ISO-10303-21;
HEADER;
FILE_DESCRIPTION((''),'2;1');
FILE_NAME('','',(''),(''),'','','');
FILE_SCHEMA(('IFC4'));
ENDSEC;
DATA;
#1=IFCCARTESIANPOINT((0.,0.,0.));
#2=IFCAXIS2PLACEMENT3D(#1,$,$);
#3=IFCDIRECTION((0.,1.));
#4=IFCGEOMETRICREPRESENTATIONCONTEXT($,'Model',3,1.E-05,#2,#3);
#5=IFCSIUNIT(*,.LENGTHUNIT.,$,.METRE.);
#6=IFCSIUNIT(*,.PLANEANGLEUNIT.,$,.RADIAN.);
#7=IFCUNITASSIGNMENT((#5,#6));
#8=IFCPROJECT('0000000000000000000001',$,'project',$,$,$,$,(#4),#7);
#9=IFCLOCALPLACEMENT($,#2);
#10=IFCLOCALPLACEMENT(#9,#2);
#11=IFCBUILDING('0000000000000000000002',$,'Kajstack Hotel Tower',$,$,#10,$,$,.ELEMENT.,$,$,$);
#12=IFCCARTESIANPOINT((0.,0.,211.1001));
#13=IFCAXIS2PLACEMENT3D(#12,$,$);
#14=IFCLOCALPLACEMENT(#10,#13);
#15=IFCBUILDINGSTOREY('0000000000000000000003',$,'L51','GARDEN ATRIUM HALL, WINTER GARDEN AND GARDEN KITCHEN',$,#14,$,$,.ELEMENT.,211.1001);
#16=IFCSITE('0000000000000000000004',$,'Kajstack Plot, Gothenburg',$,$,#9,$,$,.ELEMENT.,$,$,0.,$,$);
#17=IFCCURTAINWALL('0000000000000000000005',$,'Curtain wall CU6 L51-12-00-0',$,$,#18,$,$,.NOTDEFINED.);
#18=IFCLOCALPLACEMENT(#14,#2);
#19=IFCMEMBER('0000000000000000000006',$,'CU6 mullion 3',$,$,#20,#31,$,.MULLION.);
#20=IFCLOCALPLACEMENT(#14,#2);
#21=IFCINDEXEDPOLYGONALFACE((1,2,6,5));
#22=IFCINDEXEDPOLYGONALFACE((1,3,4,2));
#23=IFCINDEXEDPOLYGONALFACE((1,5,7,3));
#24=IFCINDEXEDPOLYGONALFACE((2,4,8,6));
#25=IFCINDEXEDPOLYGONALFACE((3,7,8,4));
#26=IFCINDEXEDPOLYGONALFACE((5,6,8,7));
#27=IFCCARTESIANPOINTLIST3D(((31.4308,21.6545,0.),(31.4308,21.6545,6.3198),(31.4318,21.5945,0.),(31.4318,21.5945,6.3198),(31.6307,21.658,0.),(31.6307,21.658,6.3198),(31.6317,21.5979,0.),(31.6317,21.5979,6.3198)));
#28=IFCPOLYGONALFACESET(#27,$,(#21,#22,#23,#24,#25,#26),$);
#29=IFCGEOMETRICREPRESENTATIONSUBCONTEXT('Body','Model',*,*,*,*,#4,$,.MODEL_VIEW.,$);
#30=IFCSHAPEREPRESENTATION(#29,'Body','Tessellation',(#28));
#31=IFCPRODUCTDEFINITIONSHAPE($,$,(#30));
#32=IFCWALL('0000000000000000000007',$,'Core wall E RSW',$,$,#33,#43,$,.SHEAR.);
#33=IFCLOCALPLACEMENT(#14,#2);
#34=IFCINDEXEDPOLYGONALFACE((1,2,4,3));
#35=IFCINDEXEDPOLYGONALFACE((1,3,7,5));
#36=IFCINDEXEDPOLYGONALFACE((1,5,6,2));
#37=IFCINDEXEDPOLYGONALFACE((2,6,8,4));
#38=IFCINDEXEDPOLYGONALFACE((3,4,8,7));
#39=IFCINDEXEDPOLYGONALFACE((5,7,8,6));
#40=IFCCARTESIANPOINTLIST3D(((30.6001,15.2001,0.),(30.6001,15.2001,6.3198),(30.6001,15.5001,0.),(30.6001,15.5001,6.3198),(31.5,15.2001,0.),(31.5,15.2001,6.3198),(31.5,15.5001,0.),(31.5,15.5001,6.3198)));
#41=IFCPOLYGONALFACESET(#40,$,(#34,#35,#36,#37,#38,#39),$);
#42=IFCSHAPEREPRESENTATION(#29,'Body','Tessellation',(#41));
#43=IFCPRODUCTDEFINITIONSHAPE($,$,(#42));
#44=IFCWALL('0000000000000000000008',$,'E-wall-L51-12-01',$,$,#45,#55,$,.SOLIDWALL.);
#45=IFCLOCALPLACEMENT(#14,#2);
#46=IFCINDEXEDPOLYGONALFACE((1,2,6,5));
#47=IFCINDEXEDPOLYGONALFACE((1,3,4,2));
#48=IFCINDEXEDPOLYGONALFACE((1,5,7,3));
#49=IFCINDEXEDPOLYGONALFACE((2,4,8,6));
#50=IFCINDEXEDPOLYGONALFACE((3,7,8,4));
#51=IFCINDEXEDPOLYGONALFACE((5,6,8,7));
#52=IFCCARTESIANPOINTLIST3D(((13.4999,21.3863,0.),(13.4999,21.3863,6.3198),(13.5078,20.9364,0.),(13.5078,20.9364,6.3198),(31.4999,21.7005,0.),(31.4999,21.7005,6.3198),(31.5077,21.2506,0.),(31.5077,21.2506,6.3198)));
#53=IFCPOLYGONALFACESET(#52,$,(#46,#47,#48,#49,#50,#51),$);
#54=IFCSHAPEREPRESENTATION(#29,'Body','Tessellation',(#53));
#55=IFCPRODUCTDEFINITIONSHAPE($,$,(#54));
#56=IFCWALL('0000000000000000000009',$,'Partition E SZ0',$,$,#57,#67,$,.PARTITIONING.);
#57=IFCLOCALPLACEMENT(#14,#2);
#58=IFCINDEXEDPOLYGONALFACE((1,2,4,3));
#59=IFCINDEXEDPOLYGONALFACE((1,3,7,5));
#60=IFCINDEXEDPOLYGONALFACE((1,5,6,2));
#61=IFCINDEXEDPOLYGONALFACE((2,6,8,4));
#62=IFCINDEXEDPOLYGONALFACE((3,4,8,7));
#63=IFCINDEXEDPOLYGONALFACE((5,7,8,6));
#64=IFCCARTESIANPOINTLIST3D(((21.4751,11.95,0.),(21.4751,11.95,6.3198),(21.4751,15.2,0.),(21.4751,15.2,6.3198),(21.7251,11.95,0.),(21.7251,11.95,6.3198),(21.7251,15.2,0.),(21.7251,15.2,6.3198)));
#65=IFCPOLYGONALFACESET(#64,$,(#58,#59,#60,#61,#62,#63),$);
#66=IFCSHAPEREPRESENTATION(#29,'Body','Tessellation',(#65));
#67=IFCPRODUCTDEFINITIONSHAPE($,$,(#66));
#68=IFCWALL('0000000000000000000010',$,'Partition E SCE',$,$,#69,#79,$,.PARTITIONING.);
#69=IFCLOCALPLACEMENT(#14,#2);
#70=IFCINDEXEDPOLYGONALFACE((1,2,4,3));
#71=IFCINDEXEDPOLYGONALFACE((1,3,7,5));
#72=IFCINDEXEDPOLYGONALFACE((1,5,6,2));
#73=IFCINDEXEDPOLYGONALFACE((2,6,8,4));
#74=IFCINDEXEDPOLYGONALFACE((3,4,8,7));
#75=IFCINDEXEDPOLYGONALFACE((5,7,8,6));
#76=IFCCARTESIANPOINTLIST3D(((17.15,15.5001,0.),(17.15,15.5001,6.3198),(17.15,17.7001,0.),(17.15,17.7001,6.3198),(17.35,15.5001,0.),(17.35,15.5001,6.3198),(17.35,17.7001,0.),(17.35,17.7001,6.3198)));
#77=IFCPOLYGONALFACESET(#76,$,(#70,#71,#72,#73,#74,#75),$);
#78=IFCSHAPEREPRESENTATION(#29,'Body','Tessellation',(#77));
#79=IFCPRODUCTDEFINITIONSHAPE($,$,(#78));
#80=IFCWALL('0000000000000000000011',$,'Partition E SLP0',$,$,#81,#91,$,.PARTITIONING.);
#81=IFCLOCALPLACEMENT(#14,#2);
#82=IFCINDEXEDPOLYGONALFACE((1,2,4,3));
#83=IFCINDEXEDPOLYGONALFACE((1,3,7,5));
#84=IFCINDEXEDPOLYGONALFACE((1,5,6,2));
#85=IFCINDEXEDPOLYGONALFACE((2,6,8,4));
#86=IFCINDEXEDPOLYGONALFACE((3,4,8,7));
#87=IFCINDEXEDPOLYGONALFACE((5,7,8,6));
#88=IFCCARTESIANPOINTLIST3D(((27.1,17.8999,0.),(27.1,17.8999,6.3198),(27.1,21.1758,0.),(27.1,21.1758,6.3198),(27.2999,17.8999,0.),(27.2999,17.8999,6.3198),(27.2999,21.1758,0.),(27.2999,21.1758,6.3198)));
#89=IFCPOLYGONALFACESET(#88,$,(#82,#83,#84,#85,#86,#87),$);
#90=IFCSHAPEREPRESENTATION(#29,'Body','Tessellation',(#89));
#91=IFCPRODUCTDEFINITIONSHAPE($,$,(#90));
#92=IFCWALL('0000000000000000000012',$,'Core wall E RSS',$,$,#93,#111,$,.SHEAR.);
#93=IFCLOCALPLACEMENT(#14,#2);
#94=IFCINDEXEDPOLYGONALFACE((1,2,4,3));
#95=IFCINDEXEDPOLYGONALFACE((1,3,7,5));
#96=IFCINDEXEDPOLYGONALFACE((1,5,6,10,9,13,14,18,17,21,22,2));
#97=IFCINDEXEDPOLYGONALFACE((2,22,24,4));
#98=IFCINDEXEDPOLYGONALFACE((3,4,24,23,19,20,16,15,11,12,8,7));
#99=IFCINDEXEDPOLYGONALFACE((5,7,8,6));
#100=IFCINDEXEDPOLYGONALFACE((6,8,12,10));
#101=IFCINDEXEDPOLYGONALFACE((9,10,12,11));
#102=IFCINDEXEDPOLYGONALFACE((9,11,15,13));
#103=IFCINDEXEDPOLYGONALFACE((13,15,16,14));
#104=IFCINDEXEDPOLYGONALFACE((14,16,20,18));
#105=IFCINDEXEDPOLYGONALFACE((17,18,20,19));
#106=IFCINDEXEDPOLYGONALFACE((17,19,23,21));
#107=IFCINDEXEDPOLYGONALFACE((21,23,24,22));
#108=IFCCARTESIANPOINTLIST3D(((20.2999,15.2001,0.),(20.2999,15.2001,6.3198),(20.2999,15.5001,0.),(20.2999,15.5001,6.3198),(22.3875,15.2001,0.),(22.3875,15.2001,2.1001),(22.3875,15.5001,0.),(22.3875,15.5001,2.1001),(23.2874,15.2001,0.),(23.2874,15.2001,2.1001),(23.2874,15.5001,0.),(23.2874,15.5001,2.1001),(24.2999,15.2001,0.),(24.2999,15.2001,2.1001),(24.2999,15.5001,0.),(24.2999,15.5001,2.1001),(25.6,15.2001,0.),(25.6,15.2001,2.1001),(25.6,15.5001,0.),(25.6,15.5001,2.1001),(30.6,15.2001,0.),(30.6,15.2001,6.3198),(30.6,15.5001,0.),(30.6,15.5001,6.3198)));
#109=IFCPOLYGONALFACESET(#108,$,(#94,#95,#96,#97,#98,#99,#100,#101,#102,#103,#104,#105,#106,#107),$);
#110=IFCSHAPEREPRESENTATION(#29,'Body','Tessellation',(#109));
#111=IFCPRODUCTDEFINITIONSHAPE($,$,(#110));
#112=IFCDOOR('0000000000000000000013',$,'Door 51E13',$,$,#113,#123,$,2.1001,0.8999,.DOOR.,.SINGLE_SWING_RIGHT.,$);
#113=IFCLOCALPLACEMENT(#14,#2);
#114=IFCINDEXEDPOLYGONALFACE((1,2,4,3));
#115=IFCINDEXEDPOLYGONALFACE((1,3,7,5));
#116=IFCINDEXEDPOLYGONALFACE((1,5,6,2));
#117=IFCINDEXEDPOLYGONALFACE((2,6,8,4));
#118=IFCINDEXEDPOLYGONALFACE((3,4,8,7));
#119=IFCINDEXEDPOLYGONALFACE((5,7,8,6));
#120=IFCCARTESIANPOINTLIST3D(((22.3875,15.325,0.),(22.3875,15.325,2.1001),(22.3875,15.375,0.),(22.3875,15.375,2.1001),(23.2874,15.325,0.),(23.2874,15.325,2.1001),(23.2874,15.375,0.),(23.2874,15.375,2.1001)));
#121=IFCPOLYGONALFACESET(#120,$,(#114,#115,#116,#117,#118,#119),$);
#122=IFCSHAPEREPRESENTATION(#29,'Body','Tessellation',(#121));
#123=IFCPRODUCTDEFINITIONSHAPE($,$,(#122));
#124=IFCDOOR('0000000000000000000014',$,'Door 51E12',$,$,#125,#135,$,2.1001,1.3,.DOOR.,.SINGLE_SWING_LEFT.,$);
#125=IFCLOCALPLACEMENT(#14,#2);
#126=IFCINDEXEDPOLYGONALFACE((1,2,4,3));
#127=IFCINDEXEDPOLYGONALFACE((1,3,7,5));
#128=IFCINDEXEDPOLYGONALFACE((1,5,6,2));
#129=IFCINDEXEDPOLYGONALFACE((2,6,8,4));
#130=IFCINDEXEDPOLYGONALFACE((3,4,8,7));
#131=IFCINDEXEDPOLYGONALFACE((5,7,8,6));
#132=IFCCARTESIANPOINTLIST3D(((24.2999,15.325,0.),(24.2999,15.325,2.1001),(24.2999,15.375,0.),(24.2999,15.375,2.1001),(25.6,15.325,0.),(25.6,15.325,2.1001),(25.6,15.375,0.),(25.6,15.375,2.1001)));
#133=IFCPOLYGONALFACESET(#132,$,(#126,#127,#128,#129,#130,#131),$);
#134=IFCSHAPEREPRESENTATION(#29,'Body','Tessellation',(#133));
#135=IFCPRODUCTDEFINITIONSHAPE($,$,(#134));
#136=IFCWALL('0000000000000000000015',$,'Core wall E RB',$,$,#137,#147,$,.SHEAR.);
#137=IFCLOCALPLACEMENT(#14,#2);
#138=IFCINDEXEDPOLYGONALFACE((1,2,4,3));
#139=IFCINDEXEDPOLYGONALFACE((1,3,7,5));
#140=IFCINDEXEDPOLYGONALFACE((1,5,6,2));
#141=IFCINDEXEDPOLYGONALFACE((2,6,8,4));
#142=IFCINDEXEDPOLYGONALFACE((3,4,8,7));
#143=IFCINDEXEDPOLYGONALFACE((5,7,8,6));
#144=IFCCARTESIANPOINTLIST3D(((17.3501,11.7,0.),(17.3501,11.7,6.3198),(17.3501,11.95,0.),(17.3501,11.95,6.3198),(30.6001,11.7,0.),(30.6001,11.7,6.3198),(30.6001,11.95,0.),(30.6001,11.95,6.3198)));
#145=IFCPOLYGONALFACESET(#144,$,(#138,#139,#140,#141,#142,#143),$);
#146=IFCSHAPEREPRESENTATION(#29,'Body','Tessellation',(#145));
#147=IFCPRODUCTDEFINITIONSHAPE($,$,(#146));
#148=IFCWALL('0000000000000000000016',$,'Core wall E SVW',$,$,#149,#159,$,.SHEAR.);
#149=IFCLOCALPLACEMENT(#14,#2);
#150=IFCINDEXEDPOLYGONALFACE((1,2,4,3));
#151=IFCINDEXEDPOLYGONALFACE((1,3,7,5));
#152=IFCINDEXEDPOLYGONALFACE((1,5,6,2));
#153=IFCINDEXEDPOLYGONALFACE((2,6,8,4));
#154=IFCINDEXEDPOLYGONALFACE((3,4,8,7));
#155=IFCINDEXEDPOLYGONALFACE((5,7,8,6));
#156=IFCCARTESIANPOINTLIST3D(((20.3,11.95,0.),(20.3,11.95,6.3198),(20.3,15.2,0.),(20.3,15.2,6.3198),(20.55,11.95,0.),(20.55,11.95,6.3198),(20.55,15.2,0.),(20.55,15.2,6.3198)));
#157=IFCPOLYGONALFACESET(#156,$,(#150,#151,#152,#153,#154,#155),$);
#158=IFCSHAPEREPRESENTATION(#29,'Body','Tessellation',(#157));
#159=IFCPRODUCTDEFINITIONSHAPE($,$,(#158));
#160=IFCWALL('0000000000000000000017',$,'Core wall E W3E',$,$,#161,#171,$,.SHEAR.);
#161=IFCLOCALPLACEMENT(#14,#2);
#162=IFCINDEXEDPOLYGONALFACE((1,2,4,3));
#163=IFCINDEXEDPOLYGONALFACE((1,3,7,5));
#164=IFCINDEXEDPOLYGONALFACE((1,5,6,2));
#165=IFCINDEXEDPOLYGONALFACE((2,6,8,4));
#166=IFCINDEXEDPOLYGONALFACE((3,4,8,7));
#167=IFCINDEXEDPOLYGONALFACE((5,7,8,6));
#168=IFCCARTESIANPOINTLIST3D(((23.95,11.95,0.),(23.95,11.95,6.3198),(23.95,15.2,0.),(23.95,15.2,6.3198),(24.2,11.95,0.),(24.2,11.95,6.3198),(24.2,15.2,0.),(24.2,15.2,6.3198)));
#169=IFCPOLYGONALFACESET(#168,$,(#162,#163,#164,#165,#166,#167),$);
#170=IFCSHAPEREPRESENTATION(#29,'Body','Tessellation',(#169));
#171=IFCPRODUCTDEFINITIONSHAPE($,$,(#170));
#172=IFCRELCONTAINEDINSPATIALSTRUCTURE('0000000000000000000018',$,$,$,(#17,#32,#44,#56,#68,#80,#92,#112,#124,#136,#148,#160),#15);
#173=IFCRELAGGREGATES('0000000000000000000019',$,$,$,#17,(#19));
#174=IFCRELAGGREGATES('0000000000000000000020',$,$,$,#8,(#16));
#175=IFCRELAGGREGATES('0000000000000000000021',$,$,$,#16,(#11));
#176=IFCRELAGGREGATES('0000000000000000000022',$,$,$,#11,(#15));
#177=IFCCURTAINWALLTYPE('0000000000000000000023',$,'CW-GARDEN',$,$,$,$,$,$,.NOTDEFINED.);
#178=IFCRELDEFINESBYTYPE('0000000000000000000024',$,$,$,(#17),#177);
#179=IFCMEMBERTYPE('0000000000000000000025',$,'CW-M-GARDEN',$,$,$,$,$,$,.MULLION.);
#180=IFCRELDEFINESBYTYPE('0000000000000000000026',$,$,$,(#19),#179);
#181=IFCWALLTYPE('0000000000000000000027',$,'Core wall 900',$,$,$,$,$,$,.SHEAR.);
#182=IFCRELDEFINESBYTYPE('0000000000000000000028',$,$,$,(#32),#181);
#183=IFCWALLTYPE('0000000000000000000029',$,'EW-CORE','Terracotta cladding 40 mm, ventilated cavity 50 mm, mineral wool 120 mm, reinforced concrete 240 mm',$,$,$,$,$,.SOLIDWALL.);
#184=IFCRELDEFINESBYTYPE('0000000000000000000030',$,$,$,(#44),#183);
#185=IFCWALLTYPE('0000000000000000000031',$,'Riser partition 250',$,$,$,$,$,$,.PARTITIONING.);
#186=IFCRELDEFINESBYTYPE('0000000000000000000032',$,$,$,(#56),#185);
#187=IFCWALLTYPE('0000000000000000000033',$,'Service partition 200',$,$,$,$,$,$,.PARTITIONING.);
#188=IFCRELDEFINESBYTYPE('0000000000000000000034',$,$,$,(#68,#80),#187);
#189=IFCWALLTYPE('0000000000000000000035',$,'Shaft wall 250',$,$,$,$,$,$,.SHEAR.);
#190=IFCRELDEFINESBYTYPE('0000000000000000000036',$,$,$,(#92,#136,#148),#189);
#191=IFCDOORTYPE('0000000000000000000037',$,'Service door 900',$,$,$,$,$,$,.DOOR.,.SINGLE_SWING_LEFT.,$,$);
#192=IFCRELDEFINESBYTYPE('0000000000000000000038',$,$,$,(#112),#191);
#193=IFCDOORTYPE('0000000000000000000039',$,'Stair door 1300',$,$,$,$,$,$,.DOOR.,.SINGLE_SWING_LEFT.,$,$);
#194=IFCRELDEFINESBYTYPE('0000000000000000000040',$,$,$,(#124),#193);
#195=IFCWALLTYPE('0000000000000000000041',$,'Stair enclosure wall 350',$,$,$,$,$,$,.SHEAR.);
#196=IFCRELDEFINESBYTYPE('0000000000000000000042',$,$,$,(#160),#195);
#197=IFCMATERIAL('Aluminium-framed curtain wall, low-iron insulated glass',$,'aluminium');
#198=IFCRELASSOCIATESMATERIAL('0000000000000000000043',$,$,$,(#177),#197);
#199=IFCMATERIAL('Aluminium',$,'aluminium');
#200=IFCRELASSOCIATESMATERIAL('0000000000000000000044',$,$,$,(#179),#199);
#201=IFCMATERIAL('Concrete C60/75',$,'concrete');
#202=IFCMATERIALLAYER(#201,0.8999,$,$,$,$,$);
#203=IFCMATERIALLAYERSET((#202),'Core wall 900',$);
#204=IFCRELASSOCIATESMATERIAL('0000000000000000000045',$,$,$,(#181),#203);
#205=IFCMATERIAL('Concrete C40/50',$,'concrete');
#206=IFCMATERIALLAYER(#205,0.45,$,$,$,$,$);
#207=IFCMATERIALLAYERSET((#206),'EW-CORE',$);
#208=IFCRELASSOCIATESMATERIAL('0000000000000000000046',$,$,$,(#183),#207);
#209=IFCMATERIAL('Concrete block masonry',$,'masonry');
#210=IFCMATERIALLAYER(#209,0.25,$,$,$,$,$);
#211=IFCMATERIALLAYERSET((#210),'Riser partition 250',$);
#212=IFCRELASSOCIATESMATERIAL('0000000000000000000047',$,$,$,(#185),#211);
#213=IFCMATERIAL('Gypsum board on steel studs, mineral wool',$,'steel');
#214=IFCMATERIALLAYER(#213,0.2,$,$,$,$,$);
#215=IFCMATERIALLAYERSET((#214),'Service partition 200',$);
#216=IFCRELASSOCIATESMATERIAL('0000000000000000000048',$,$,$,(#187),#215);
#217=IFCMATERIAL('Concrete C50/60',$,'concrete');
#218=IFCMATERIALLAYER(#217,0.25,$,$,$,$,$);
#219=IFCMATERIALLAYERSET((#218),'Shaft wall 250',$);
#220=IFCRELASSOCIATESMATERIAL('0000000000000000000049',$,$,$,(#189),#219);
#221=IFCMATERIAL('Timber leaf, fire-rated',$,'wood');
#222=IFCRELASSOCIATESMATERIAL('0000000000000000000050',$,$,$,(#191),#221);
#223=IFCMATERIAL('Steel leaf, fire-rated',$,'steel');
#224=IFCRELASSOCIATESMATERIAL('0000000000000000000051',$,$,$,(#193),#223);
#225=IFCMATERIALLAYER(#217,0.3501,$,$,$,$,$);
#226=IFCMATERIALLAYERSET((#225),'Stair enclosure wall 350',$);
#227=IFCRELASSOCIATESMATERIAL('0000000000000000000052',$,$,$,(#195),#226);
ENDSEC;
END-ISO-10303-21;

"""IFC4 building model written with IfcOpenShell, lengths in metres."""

from ifc_helpers import new_model, si_unit, direction, frame, frame_2d, origin, origin_2d, place, context, subcontext, project, spatial, rectangle, extrude, material, layer, layer_set, material_profile, profile_set, type_object, element, fill, aggregate, save


model = new_model("IFC4")

# Units and contexts
model_context = context("Model", 3, precision=1e-05, world=origin(), true_north=direction((0.0, 1.0)))
body_context = subcontext(model_context, "Body", "Model", "MODEL_VIEW")
ifc_project = project(units=[si_unit("LENGTHUNIT", "METRE"), si_unit("PLANEANGLEUNIT", "RADIAN")], contexts=[model_context])

# Site, building, storey
site_placement = place(None, origin())
site = spatial("IfcSite", under=ifc_project, at=site_placement, Name="Kajstack Plot, Gothenburg", CompositionType="ELEMENT", RefElevation=0.0)
building_placement = place(site_placement, origin())
building = spatial("IfcBuilding", under=site, at=building_placement, Name="Kajstack Hotel Tower", CompositionType="ELEMENT")
storey_placement = place(building_placement, frame((0.0, 0.0, 211.1001)))
storey = spatial("IfcBuildingStorey", under=building, at=storey_placement, Name="L51", Description="GARDEN ATRIUM HALL, WINTER GARDEN AND GARDEN KITCHEN", CompositionType="ELEMENT", Elevation=211.1001)

# Curtain wall, member
ifc_material_1 = material(Name="Aluminium-framed curtain wall, low-iron insulated glass", Category="aluminium")
curtain_wall_type = type_object("IfcCurtainWallType", Name="CW-GARDEN", PredefinedType="NOTDEFINED", material=ifc_material_1)
curtain_wall_placement = place(storey_placement, origin())
curtain_wall = element("IfcCurtainWall", 1, at=curtain_wall_placement, inside=storey, type_object=curtain_wall_type, Name="Curtain wall CU6 L51-12-00-0", PredefinedType="NOTDEFINED")
ifc_material_2 = material(Name="Aluminium", Category="aluminium")
ifc_material_profile = material_profile(ifc_material_2, rectangle(XDim=0.0601, YDim=0.2, at=origin_2d()), Name="Aluminium mullion 60 x 200")
ifc_profile_set = profile_set([ifc_material_profile], Name="Aluminium")
member_type = type_object("IfcMemberType", Name="CW-M-GARDEN", PredefinedType="MULLION", material=ifc_profile_set)
member_placement = place(storey_placement, frame((31.5312, 21.6262, 0.0), z_axis=(0.0, 0.0, 1.0), x_axis=(0.017453, -0.999848, 0.0)))
member = element("IfcMember", 2, at=member_placement, type_object=member_type, Name="CU6 mullion 3", PredefinedType="MULLION", context=body_context, shape_type="SweptSolid", body=[
    extrude(rectangle(XDim=0.0601, YDim=0.2, at=origin_2d()), origin(), (0.0, 0.0, 1.0), 6.3198),
])
aggregate(curtain_wall, [member])

# Walls
ifc_material_3 = material(Name="Concrete C60/75", Category="concrete")
ifc_layer_1 = layer(ifc_material_3, 0.8999)
ifc_layer_set_1 = layer_set([ifc_layer_1], Name="Core wall 900")
wall_type_1 = type_object("IfcWallType", Name="Core wall 900", PredefinedType="SHEAR", material=ifc_layer_set_1)
wall_1_placement = place(storey_placement, frame((30.6001, 15.3501, 0.0), z_axis=(0.0, 0.0, 1.0), x_axis=(1.0, 0.0, 0.0)))
element("IfcWall", 3, at=wall_1_placement, inside=storey, type_object=wall_type_1, Name="Core wall E RSW", PredefinedType="SHEAR", context=body_context, shape_type="SweptSolid", body=[
    extrude(rectangle(XDim=0.8999, YDim=0.3, at=frame_2d((0.45, 0.0))), origin(), (0.0, 0.0, 1.0), 6.3198),
])
ifc_material_4 = material(Name="Concrete C40/50", Category="concrete")
ifc_layer_2 = layer(ifc_material_4, 0.45)
ifc_layer_set_2 = layer_set([ifc_layer_2], Name="EW-CORE")
wall_type_2 = type_object("IfcWallType", Name="EW-CORE", Description="Terracotta cladding 40 mm, ventilated cavity 50 mm, mineral wool 120 mm, reinforced concrete 240 mm", PredefinedType="SOLIDWALL", material=ifc_layer_set_2)
wall_2_placement = place(storey_placement, frame((31.5039, 21.4756, 0.0), z_axis=(0.0, 0.0, 1.0), x_axis=(-0.999848, -0.017453, 0.0)))
element("IfcWall", 4, at=wall_2_placement, inside=storey, type_object=wall_type_2, Name="E-wall-L51-12-01", PredefinedType="SOLIDWALL", context=body_context, shape_type="SweptSolid", body=[
    extrude(rectangle(XDim=18.0027, YDim=0.45, at=frame_2d((9.0015, 0.0))), origin(), (0.0, 0.0, 1.0), 6.3198),
])
ifc_material_5 = material(Name="Concrete block masonry", Category="masonry")
ifc_layer_3 = layer(ifc_material_5, 0.25)
ifc_layer_set_3 = layer_set([ifc_layer_3], Name="Riser partition 250")
wall_type_3 = type_object("IfcWallType", Name="Riser partition 250", PredefinedType="PARTITIONING", material=ifc_layer_set_3)
wall_3_placement = place(storey_placement, frame((21.6001, 11.95, 0.0), z_axis=(0.0, 0.0, 1.0), x_axis=(0.0, 1.0, 0.0)))
element("IfcWall", 5, at=wall_3_placement, inside=storey, type_object=wall_type_3, Name="Partition E SZ0", PredefinedType="PARTITIONING", context=body_context, shape_type="SweptSolid", body=[
    extrude(rectangle(XDim=3.25, YDim=0.25, at=frame_2d((1.625, 0.0))), origin(), (0.0, 0.0, 1.0), 6.3198),
])
ifc_material_6 = material(Name="Gypsum board on steel studs, mineral wool", Category="steel")
ifc_layer_4 = layer(ifc_material_6, 0.2)
ifc_layer_set_4 = layer_set([ifc_layer_4], Name="Service partition 200")
wall_type_4 = type_object("IfcWallType", Name="Service partition 200", PredefinedType="PARTITIONING", material=ifc_layer_set_4)
wall_4_placement = place(storey_placement, frame((17.25, 15.5, 0.0), z_axis=(0.0, 0.0, 1.0), x_axis=(0.0, 1.0, 0.0)))
element("IfcWall", 6, at=wall_4_placement, inside=storey, type_object=wall_type_4, Name="Partition E SCE", PredefinedType="PARTITIONING", context=body_context, shape_type="SweptSolid", body=[
    extrude(rectangle(XDim=2.2, YDim=0.2, at=frame_2d((1.1001, 0.0))), origin(), (0.0, 0.0, 1.0), 6.3198),
])
wall_5_placement = place(storey_placement, frame((27.2, 17.8999, 0.0), z_axis=(0.0, 0.0, 1.0), x_axis=(0.0, 1.0, 0.0)))
element("IfcWall", 7, at=wall_5_placement, inside=storey, type_object=wall_type_4, Name="Partition E SLP0", PredefinedType="PARTITIONING", context=body_context, shape_type="SweptSolid", body=[
    extrude(rectangle(XDim=3.2759, YDim=0.2, at=frame_2d((1.6379, 0.0))), origin(), (0.0, 0.0, 1.0), 6.3198),
])

# Wall, openings, doors
ifc_material_7 = material(Name="Concrete C50/60", Category="concrete")
ifc_layer_5 = layer(ifc_material_7, 0.25)
ifc_layer_set_5 = layer_set([ifc_layer_5], Name="Shaft wall 250")
wall_type_5 = type_object("IfcWallType", Name="Shaft wall 250", PredefinedType="SHEAR", material=ifc_layer_set_5)
wall_6_placement = place(storey_placement, frame((20.3, 15.3501, 0.0), z_axis=(0.0, 0.0, 1.0), x_axis=(1.0, 0.0, 0.0)))
wall_6 = element("IfcWall", 8, at=wall_6_placement, inside=storey, type_object=wall_type_5, Name="Core wall E RSS", PredefinedType="SHEAR", context=body_context, shape_type="SweptSolid", body=[
    extrude(rectangle(XDim=10.3, YDim=0.3, at=frame_2d((5.1499, 0.0))), origin(), (0.0, 0.0, 1.0), 6.3198),
])
opening_1_placement = place(wall_6_placement, frame((4.0, 0.0, 0.0)))
opening_1 = element("IfcOpeningElement", 9, at=opening_1_placement, cuts=wall_6, PredefinedType="OPENING", context=body_context, shape_type="SweptSolid", body=[
    extrude(rectangle(XDim=1.3, YDim=2.1001, at=frame_2d((0.6499, 1.05))), frame((0.0, 0.1599, 0.0), z_axis=(0.0, -1.0, 0.0), x_axis=(1.0, 0.0, 0.0)), (0.0, 0.0, 1.0), 0.3201),
])
opening_2_placement = place(wall_6_placement, frame((2.0874, 0.0, 0.0)))
opening_2 = element("IfcOpeningElement", 10, at=opening_2_placement, cuts=wall_6, PredefinedType="OPENING", context=body_context, shape_type="SweptSolid", body=[
    extrude(rectangle(XDim=0.8999, YDim=2.1001, at=frame_2d((0.45, 1.05))), frame((0.0, 0.1599, 0.0), z_axis=(0.0, -1.0, 0.0), x_axis=(1.0, 0.0, 0.0)), (0.0, 0.0, 1.0), 0.3201),
])
ifc_material_8 = material(Name="Timber leaf, fire-rated", Category="wood")
door_type_1 = type_object("IfcDoorType", Name="Service door 900", OperationType="SINGLE_SWING_LEFT", PredefinedType="DOOR", material=ifc_material_8)
door_1_placement = place(opening_2_placement, origin())
door_1 = element("IfcDoor", 11, at=door_1_placement, inside=storey, type_object=door_type_1, Name="Door 51E13", OperationType="SINGLE_SWING_RIGHT", OverallHeight=2.1001, OverallWidth=0.8999, PredefinedType="DOOR", context=body_context, shape_type="SweptSolid", body=[
    extrude(rectangle(XDim=0.8999, YDim=2.1001, at=frame_2d((0.45, 1.05))), frame((0.0, 0.0249, 0.0), z_axis=(0.0, -1.0, 0.0), x_axis=(1.0, 0.0, 0.0)), (0.0, 0.0, 1.0), 0.05),
])
fill(opening_2, door_1)
ifc_material_9 = material(Name="Steel leaf, fire-rated", Category="steel")
door_type_2 = type_object("IfcDoorType", Name="Stair door 1300", OperationType="SINGLE_SWING_LEFT", PredefinedType="DOOR", material=ifc_material_9)
door_2_placement = place(opening_1_placement, origin())
door_2 = element("IfcDoor", 12, at=door_2_placement, inside=storey, type_object=door_type_2, Name="Door 51E12", OperationType="SINGLE_SWING_LEFT", OverallHeight=2.1001, OverallWidth=1.3, PredefinedType="DOOR", context=body_context, shape_type="SweptSolid", body=[
    extrude(rectangle(XDim=1.3, YDim=2.1001, at=frame_2d((0.6499, 1.05))), frame((0.0, 0.0249, 0.0), z_axis=(0.0, -1.0, 0.0), x_axis=(1.0, 0.0, 0.0)), (0.0, 0.0, 1.0), 0.05),
])
fill(opening_1, door_2)

# Walls
wall_7_placement = place(storey_placement, frame((17.3501, 11.825, 0.0), z_axis=(0.0, 0.0, 1.0), x_axis=(1.0, 0.0, 0.0)))
element("IfcWall", 13, at=wall_7_placement, inside=storey, type_object=wall_type_5, Name="Core wall E RB", PredefinedType="SHEAR", context=body_context, shape_type="SweptSolid", body=[
    extrude(rectangle(XDim=13.25, YDim=0.25, at=frame_2d((6.625, 0.0))), origin(), (0.0, 0.0, 1.0), 6.3198),
])
wall_8_placement = place(storey_placement, frame((20.425, 11.95, 0.0), z_axis=(0.0, 0.0, 1.0), x_axis=(0.0, 1.0, 0.0)))
element("IfcWall", 14, at=wall_8_placement, inside=storey, type_object=wall_type_5, Name="Core wall E SVW", PredefinedType="SHEAR", context=body_context, shape_type="SweptSolid", body=[
    extrude(rectangle(XDim=3.25, YDim=0.25, at=frame_2d((1.625, 0.0))), origin(), (0.0, 0.0, 1.0), 6.3198),
])
ifc_layer_6 = layer(ifc_material_7, 0.3501)
ifc_layer_set_6 = layer_set([ifc_layer_6], Name="Stair enclosure wall 350")
wall_type_6 = type_object("IfcWallType", Name="Stair enclosure wall 350", PredefinedType="SHEAR", material=ifc_layer_set_6)
wall_9_placement = place(storey_placement, frame((24.075, 11.95, 0.0), z_axis=(0.0, 0.0, 1.0), x_axis=(0.0, 1.0, 0.0)))
element("IfcWall", 15, at=wall_9_placement, inside=storey, type_object=wall_type_6, Name="Core wall E W3E", PredefinedType="SHEAR", context=body_context, shape_type="SweptSolid", body=[
    extrude(rectangle(XDim=3.25, YDim=0.25, at=frame_2d((1.625, 0.0))), origin(), (0.0, 0.0, 1.0), 6.3198),
])

save(model, "model.ifc")
